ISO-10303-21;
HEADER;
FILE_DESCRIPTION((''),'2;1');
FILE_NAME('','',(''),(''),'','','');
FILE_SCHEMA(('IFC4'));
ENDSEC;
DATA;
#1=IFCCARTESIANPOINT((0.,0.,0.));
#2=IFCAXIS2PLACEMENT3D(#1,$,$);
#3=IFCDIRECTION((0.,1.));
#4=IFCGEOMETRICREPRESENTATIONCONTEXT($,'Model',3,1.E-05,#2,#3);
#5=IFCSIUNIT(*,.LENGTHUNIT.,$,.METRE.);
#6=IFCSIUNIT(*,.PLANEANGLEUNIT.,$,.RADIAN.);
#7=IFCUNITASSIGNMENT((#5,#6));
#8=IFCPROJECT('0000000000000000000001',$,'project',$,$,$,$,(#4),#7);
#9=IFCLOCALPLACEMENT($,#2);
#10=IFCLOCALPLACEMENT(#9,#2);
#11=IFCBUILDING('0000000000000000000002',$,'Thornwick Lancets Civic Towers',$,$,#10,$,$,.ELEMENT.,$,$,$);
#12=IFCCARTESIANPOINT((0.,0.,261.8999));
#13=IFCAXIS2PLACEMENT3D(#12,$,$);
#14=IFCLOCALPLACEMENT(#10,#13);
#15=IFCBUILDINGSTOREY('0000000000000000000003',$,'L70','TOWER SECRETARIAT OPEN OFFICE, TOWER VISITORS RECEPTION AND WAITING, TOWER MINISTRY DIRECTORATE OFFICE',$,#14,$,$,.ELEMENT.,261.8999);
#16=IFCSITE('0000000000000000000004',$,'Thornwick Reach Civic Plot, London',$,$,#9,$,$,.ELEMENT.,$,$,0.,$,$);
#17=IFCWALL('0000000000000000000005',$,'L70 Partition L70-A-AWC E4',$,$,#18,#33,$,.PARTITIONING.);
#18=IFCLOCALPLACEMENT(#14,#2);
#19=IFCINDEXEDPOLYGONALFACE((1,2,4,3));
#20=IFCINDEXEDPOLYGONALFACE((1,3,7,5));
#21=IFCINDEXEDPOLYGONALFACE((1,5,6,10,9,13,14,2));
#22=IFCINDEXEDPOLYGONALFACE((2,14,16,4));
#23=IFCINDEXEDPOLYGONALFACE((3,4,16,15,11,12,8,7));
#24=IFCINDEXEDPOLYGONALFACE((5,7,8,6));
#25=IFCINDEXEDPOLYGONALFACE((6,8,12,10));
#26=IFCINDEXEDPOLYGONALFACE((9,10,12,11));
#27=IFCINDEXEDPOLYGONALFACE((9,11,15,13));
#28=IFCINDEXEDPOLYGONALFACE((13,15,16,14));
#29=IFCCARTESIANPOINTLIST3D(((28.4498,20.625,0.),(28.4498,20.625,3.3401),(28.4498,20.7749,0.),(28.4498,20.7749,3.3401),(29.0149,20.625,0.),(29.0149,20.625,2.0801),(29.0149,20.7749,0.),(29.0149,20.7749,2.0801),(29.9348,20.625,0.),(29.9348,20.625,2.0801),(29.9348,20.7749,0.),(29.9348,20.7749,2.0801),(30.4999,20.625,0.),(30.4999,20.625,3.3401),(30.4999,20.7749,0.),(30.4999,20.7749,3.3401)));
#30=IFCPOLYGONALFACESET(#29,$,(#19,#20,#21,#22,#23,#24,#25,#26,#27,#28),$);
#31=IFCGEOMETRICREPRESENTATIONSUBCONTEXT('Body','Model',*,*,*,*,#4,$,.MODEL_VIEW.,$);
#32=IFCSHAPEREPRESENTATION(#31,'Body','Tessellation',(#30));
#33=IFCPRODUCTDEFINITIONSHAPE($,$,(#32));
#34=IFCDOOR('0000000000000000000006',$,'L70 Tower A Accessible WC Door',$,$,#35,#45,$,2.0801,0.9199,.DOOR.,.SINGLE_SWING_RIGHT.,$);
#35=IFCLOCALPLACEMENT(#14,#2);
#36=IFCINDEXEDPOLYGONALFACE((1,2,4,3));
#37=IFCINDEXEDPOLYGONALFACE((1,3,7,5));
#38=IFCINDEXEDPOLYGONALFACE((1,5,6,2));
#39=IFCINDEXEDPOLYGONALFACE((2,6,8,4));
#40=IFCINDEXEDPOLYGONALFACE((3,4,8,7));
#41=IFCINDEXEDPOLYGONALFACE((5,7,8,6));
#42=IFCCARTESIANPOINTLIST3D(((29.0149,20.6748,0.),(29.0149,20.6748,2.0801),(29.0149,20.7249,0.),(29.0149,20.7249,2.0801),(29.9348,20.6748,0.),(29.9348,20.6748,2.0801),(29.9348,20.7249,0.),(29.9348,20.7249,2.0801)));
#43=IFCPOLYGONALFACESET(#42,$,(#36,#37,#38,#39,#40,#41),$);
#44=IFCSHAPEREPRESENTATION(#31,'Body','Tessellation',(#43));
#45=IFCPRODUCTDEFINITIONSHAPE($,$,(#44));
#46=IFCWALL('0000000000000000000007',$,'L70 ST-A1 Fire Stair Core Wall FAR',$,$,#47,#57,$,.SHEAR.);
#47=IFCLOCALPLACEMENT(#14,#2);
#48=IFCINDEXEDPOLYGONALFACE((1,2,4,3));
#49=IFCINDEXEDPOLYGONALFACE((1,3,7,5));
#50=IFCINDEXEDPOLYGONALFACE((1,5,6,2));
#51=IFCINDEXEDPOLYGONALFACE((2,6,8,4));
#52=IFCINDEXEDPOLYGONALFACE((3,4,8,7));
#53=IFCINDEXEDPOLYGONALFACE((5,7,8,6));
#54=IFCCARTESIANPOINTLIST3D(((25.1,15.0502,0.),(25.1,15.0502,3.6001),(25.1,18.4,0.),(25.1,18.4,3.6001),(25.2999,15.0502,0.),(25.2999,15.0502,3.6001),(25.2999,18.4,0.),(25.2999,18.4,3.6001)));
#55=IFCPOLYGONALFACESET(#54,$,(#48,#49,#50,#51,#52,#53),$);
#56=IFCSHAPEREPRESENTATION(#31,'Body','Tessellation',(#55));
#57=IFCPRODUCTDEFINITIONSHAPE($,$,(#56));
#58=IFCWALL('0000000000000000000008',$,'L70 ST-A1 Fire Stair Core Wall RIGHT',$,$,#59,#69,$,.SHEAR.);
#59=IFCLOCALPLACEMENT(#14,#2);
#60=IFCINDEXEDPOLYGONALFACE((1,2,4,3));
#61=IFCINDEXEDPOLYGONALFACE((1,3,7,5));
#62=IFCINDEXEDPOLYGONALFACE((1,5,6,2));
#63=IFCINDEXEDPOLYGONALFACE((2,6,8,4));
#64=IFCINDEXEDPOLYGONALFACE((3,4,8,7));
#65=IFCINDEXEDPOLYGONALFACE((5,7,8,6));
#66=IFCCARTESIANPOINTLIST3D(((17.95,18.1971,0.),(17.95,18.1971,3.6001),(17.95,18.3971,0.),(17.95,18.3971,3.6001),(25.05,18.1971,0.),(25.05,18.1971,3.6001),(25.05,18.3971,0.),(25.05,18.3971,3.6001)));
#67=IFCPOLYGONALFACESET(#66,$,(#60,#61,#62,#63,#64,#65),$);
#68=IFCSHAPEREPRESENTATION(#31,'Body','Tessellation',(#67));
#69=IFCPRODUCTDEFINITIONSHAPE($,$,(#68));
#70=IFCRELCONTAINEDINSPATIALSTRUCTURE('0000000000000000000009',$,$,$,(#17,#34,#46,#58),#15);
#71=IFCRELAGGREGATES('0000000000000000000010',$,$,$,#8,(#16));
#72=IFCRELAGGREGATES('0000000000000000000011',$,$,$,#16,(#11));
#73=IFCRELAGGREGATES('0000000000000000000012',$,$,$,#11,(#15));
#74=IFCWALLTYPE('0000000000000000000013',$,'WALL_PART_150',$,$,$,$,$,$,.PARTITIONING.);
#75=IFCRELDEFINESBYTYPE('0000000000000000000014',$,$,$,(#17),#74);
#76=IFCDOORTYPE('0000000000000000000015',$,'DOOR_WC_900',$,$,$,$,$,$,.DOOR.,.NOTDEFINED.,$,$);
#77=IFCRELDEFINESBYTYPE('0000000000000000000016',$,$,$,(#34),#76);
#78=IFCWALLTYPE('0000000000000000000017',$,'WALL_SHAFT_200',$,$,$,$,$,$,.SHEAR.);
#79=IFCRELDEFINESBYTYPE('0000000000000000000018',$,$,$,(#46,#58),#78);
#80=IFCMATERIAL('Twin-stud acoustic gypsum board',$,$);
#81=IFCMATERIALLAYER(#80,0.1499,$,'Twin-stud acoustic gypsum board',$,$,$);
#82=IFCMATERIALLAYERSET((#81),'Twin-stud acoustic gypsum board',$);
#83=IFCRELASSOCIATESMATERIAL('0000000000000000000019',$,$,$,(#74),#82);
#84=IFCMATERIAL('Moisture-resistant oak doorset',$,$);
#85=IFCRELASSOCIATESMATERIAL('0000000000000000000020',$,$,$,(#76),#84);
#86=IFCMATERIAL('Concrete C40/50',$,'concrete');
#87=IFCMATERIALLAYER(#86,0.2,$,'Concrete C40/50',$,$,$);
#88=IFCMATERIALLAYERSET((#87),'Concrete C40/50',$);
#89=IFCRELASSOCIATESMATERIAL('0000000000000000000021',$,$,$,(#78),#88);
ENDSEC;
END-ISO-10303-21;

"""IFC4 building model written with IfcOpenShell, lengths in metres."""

from ifc_helpers import new_model, si_unit, direction, frame, frame_2d, origin, place, context, subcontext, project, spatial, rectangle, extrude, material, layer, layer_set, type_object, element, fill, save


model = new_model("IFC4")

# Units and contexts
model_context = context("Model", 3, precision=1e-05, world=origin(), true_north=direction((0.0, 1.0)))
body_context = subcontext(model_context, "Body", "Model", "MODEL_VIEW")
ifc_project = project(units=[si_unit("LENGTHUNIT", "METRE"), si_unit("PLANEANGLEUNIT", "RADIAN")], contexts=[model_context])

# Site, building, storey
site_placement = place(None, origin())
site = spatial("IfcSite", under=ifc_project, at=site_placement, Name="Thornwick Reach Civic Plot, London", CompositionType="ELEMENT", RefElevation=0.0)
building_placement = place(site_placement, origin())
building = spatial("IfcBuilding", under=site, at=building_placement, Name="Thornwick Lancets Civic Towers", CompositionType="ELEMENT")
storey_placement = place(building_placement, frame((0.0, 0.0, 261.8999)))
storey = spatial("IfcBuildingStorey", under=building, at=storey_placement, Name="L70", Description="TOWER SECRETARIAT OPEN OFFICE, TOWER VISITORS RECEPTION AND WAITING, TOWER MINISTRY DIRECTORATE OFFICE", CompositionType="ELEMENT", Elevation=261.8999)

# Shared definitions
ifc_material_1 = material(Name="Twin-stud acoustic gypsum board")
ifc_layer_1 = layer(ifc_material_1, 0.1499, Name="Twin-stud acoustic gypsum board")
ifc_layer_set_1 = layer_set([ifc_layer_1], Name="Twin-stud acoustic gypsum board")
wall_type_1 = type_object("IfcWallType", Name="WALL_PART_150", PredefinedType="PARTITIONING", material=ifc_layer_set_1)

# Wall, opening, door
wall_1_placement = place(storey_placement, frame((28.45, 20.7, 0.0), z_axis=(0.0, 0.0, 1.0), x_axis=(1.0, 0.0, 0.0)))
wall_1 = element("IfcWall", 1, at=wall_1_placement, inside=storey, type_object=wall_type_1, Name="L70 Partition L70-A-AWC E4", PredefinedType="PARTITIONING", context=body_context, shape_type="SweptSolid", body=[
    extrude(rectangle(XDim=2.05, YDim=0.1499, at=frame_2d((1.0249, 0.0))), origin(), (0.0, 0.0, 1.0), 3.3401),
])
opening_1_placement = place(wall_1_placement, frame((0.5649, 0.0, 0.0)))
opening_1 = element("IfcOpeningElement", 2, at=opening_1_placement, cuts=wall_1, PredefinedType="OPENING", context=body_context, shape_type="SweptSolid", body=[
    extrude(rectangle(XDim=0.9199, YDim=2.0801, at=frame_2d((0.46, 1.04))), frame((0.0, 0.085, 0.0), z_axis=(0.0, -1.0, 0.0), x_axis=(1.0, 0.0, 0.0)), (0.0, 0.0, 1.0), 0.1699),
])
ifc_material_2 = material(Name="Moisture-resistant oak doorset")
door_type_1 = type_object("IfcDoorType", Name="DOOR_WC_900", OperationType="NOTDEFINED", PredefinedType="DOOR", material=ifc_material_2)
door_1_placement = place(opening_1_placement, origin())
door_1 = element("IfcDoor", 3, at=door_1_placement, inside=storey, type_object=door_type_1, Name="L70 Tower A Accessible WC Door", OperationType="SINGLE_SWING_RIGHT", OverallHeight=2.0801, OverallWidth=0.9199, PredefinedType="DOOR", context=body_context, shape_type="SweptSolid", body=[
    extrude(rectangle(XDim=0.9199, YDim=2.0801, at=frame_2d((0.46, 1.04))), frame((0.0, 0.0249, 0.0), z_axis=(0.0, -1.0, 0.0), x_axis=(1.0, 0.0, 0.0)), (0.0, 0.0, 1.0), 0.05),
])
fill(opening_1, door_1)

# Walls
ifc_material_3 = material(Name="Concrete C40/50", Category="concrete")
ifc_layer_2 = layer(ifc_material_3, 0.2, Name="Concrete C40/50")
ifc_layer_set_2 = layer_set([ifc_layer_2], Name="Concrete C40/50")
wall_type_2 = type_object("IfcWallType", Name="WALL_SHAFT_200", PredefinedType="SHEAR", material=ifc_layer_set_2)
wall_2_placement = place(storey_placement, frame((25.2, 18.3999, 0.0), z_axis=(0.0, 0.0, 1.0), x_axis=(0.0, -1.0, 0.0)))
element("IfcWall", 4, at=wall_2_placement, inside=storey, type_object=wall_type_2, Name="L70 ST-A1 Fire Stair Core Wall FAR", PredefinedType="SHEAR", context=body_context, shape_type="SweptSolid", body=[
    extrude(rectangle(XDim=3.3499, YDim=0.2, at=frame_2d((1.6748, 0.0))), origin(), (0.0, 0.0, 1.0), 3.6001),
])
wall_3_placement = place(storey_placement, frame((25.05, 18.2971, 0.0), z_axis=(0.0, 0.0, 1.0), x_axis=(-1.0, 0.0, 0.0)))
element("IfcWall", 5, at=wall_3_placement, inside=storey, type_object=wall_type_2, Name="L70 ST-A1 Fire Stair Core Wall RIGHT", PredefinedType="SHEAR", context=body_context, shape_type="SweptSolid", body=[
    extrude(rectangle(XDim=7.1001, YDim=0.2, at=frame_2d((3.55, 0.0))), origin(), (0.0, 0.0, 1.0), 3.6001),
])

save(model, "model.ifc")
